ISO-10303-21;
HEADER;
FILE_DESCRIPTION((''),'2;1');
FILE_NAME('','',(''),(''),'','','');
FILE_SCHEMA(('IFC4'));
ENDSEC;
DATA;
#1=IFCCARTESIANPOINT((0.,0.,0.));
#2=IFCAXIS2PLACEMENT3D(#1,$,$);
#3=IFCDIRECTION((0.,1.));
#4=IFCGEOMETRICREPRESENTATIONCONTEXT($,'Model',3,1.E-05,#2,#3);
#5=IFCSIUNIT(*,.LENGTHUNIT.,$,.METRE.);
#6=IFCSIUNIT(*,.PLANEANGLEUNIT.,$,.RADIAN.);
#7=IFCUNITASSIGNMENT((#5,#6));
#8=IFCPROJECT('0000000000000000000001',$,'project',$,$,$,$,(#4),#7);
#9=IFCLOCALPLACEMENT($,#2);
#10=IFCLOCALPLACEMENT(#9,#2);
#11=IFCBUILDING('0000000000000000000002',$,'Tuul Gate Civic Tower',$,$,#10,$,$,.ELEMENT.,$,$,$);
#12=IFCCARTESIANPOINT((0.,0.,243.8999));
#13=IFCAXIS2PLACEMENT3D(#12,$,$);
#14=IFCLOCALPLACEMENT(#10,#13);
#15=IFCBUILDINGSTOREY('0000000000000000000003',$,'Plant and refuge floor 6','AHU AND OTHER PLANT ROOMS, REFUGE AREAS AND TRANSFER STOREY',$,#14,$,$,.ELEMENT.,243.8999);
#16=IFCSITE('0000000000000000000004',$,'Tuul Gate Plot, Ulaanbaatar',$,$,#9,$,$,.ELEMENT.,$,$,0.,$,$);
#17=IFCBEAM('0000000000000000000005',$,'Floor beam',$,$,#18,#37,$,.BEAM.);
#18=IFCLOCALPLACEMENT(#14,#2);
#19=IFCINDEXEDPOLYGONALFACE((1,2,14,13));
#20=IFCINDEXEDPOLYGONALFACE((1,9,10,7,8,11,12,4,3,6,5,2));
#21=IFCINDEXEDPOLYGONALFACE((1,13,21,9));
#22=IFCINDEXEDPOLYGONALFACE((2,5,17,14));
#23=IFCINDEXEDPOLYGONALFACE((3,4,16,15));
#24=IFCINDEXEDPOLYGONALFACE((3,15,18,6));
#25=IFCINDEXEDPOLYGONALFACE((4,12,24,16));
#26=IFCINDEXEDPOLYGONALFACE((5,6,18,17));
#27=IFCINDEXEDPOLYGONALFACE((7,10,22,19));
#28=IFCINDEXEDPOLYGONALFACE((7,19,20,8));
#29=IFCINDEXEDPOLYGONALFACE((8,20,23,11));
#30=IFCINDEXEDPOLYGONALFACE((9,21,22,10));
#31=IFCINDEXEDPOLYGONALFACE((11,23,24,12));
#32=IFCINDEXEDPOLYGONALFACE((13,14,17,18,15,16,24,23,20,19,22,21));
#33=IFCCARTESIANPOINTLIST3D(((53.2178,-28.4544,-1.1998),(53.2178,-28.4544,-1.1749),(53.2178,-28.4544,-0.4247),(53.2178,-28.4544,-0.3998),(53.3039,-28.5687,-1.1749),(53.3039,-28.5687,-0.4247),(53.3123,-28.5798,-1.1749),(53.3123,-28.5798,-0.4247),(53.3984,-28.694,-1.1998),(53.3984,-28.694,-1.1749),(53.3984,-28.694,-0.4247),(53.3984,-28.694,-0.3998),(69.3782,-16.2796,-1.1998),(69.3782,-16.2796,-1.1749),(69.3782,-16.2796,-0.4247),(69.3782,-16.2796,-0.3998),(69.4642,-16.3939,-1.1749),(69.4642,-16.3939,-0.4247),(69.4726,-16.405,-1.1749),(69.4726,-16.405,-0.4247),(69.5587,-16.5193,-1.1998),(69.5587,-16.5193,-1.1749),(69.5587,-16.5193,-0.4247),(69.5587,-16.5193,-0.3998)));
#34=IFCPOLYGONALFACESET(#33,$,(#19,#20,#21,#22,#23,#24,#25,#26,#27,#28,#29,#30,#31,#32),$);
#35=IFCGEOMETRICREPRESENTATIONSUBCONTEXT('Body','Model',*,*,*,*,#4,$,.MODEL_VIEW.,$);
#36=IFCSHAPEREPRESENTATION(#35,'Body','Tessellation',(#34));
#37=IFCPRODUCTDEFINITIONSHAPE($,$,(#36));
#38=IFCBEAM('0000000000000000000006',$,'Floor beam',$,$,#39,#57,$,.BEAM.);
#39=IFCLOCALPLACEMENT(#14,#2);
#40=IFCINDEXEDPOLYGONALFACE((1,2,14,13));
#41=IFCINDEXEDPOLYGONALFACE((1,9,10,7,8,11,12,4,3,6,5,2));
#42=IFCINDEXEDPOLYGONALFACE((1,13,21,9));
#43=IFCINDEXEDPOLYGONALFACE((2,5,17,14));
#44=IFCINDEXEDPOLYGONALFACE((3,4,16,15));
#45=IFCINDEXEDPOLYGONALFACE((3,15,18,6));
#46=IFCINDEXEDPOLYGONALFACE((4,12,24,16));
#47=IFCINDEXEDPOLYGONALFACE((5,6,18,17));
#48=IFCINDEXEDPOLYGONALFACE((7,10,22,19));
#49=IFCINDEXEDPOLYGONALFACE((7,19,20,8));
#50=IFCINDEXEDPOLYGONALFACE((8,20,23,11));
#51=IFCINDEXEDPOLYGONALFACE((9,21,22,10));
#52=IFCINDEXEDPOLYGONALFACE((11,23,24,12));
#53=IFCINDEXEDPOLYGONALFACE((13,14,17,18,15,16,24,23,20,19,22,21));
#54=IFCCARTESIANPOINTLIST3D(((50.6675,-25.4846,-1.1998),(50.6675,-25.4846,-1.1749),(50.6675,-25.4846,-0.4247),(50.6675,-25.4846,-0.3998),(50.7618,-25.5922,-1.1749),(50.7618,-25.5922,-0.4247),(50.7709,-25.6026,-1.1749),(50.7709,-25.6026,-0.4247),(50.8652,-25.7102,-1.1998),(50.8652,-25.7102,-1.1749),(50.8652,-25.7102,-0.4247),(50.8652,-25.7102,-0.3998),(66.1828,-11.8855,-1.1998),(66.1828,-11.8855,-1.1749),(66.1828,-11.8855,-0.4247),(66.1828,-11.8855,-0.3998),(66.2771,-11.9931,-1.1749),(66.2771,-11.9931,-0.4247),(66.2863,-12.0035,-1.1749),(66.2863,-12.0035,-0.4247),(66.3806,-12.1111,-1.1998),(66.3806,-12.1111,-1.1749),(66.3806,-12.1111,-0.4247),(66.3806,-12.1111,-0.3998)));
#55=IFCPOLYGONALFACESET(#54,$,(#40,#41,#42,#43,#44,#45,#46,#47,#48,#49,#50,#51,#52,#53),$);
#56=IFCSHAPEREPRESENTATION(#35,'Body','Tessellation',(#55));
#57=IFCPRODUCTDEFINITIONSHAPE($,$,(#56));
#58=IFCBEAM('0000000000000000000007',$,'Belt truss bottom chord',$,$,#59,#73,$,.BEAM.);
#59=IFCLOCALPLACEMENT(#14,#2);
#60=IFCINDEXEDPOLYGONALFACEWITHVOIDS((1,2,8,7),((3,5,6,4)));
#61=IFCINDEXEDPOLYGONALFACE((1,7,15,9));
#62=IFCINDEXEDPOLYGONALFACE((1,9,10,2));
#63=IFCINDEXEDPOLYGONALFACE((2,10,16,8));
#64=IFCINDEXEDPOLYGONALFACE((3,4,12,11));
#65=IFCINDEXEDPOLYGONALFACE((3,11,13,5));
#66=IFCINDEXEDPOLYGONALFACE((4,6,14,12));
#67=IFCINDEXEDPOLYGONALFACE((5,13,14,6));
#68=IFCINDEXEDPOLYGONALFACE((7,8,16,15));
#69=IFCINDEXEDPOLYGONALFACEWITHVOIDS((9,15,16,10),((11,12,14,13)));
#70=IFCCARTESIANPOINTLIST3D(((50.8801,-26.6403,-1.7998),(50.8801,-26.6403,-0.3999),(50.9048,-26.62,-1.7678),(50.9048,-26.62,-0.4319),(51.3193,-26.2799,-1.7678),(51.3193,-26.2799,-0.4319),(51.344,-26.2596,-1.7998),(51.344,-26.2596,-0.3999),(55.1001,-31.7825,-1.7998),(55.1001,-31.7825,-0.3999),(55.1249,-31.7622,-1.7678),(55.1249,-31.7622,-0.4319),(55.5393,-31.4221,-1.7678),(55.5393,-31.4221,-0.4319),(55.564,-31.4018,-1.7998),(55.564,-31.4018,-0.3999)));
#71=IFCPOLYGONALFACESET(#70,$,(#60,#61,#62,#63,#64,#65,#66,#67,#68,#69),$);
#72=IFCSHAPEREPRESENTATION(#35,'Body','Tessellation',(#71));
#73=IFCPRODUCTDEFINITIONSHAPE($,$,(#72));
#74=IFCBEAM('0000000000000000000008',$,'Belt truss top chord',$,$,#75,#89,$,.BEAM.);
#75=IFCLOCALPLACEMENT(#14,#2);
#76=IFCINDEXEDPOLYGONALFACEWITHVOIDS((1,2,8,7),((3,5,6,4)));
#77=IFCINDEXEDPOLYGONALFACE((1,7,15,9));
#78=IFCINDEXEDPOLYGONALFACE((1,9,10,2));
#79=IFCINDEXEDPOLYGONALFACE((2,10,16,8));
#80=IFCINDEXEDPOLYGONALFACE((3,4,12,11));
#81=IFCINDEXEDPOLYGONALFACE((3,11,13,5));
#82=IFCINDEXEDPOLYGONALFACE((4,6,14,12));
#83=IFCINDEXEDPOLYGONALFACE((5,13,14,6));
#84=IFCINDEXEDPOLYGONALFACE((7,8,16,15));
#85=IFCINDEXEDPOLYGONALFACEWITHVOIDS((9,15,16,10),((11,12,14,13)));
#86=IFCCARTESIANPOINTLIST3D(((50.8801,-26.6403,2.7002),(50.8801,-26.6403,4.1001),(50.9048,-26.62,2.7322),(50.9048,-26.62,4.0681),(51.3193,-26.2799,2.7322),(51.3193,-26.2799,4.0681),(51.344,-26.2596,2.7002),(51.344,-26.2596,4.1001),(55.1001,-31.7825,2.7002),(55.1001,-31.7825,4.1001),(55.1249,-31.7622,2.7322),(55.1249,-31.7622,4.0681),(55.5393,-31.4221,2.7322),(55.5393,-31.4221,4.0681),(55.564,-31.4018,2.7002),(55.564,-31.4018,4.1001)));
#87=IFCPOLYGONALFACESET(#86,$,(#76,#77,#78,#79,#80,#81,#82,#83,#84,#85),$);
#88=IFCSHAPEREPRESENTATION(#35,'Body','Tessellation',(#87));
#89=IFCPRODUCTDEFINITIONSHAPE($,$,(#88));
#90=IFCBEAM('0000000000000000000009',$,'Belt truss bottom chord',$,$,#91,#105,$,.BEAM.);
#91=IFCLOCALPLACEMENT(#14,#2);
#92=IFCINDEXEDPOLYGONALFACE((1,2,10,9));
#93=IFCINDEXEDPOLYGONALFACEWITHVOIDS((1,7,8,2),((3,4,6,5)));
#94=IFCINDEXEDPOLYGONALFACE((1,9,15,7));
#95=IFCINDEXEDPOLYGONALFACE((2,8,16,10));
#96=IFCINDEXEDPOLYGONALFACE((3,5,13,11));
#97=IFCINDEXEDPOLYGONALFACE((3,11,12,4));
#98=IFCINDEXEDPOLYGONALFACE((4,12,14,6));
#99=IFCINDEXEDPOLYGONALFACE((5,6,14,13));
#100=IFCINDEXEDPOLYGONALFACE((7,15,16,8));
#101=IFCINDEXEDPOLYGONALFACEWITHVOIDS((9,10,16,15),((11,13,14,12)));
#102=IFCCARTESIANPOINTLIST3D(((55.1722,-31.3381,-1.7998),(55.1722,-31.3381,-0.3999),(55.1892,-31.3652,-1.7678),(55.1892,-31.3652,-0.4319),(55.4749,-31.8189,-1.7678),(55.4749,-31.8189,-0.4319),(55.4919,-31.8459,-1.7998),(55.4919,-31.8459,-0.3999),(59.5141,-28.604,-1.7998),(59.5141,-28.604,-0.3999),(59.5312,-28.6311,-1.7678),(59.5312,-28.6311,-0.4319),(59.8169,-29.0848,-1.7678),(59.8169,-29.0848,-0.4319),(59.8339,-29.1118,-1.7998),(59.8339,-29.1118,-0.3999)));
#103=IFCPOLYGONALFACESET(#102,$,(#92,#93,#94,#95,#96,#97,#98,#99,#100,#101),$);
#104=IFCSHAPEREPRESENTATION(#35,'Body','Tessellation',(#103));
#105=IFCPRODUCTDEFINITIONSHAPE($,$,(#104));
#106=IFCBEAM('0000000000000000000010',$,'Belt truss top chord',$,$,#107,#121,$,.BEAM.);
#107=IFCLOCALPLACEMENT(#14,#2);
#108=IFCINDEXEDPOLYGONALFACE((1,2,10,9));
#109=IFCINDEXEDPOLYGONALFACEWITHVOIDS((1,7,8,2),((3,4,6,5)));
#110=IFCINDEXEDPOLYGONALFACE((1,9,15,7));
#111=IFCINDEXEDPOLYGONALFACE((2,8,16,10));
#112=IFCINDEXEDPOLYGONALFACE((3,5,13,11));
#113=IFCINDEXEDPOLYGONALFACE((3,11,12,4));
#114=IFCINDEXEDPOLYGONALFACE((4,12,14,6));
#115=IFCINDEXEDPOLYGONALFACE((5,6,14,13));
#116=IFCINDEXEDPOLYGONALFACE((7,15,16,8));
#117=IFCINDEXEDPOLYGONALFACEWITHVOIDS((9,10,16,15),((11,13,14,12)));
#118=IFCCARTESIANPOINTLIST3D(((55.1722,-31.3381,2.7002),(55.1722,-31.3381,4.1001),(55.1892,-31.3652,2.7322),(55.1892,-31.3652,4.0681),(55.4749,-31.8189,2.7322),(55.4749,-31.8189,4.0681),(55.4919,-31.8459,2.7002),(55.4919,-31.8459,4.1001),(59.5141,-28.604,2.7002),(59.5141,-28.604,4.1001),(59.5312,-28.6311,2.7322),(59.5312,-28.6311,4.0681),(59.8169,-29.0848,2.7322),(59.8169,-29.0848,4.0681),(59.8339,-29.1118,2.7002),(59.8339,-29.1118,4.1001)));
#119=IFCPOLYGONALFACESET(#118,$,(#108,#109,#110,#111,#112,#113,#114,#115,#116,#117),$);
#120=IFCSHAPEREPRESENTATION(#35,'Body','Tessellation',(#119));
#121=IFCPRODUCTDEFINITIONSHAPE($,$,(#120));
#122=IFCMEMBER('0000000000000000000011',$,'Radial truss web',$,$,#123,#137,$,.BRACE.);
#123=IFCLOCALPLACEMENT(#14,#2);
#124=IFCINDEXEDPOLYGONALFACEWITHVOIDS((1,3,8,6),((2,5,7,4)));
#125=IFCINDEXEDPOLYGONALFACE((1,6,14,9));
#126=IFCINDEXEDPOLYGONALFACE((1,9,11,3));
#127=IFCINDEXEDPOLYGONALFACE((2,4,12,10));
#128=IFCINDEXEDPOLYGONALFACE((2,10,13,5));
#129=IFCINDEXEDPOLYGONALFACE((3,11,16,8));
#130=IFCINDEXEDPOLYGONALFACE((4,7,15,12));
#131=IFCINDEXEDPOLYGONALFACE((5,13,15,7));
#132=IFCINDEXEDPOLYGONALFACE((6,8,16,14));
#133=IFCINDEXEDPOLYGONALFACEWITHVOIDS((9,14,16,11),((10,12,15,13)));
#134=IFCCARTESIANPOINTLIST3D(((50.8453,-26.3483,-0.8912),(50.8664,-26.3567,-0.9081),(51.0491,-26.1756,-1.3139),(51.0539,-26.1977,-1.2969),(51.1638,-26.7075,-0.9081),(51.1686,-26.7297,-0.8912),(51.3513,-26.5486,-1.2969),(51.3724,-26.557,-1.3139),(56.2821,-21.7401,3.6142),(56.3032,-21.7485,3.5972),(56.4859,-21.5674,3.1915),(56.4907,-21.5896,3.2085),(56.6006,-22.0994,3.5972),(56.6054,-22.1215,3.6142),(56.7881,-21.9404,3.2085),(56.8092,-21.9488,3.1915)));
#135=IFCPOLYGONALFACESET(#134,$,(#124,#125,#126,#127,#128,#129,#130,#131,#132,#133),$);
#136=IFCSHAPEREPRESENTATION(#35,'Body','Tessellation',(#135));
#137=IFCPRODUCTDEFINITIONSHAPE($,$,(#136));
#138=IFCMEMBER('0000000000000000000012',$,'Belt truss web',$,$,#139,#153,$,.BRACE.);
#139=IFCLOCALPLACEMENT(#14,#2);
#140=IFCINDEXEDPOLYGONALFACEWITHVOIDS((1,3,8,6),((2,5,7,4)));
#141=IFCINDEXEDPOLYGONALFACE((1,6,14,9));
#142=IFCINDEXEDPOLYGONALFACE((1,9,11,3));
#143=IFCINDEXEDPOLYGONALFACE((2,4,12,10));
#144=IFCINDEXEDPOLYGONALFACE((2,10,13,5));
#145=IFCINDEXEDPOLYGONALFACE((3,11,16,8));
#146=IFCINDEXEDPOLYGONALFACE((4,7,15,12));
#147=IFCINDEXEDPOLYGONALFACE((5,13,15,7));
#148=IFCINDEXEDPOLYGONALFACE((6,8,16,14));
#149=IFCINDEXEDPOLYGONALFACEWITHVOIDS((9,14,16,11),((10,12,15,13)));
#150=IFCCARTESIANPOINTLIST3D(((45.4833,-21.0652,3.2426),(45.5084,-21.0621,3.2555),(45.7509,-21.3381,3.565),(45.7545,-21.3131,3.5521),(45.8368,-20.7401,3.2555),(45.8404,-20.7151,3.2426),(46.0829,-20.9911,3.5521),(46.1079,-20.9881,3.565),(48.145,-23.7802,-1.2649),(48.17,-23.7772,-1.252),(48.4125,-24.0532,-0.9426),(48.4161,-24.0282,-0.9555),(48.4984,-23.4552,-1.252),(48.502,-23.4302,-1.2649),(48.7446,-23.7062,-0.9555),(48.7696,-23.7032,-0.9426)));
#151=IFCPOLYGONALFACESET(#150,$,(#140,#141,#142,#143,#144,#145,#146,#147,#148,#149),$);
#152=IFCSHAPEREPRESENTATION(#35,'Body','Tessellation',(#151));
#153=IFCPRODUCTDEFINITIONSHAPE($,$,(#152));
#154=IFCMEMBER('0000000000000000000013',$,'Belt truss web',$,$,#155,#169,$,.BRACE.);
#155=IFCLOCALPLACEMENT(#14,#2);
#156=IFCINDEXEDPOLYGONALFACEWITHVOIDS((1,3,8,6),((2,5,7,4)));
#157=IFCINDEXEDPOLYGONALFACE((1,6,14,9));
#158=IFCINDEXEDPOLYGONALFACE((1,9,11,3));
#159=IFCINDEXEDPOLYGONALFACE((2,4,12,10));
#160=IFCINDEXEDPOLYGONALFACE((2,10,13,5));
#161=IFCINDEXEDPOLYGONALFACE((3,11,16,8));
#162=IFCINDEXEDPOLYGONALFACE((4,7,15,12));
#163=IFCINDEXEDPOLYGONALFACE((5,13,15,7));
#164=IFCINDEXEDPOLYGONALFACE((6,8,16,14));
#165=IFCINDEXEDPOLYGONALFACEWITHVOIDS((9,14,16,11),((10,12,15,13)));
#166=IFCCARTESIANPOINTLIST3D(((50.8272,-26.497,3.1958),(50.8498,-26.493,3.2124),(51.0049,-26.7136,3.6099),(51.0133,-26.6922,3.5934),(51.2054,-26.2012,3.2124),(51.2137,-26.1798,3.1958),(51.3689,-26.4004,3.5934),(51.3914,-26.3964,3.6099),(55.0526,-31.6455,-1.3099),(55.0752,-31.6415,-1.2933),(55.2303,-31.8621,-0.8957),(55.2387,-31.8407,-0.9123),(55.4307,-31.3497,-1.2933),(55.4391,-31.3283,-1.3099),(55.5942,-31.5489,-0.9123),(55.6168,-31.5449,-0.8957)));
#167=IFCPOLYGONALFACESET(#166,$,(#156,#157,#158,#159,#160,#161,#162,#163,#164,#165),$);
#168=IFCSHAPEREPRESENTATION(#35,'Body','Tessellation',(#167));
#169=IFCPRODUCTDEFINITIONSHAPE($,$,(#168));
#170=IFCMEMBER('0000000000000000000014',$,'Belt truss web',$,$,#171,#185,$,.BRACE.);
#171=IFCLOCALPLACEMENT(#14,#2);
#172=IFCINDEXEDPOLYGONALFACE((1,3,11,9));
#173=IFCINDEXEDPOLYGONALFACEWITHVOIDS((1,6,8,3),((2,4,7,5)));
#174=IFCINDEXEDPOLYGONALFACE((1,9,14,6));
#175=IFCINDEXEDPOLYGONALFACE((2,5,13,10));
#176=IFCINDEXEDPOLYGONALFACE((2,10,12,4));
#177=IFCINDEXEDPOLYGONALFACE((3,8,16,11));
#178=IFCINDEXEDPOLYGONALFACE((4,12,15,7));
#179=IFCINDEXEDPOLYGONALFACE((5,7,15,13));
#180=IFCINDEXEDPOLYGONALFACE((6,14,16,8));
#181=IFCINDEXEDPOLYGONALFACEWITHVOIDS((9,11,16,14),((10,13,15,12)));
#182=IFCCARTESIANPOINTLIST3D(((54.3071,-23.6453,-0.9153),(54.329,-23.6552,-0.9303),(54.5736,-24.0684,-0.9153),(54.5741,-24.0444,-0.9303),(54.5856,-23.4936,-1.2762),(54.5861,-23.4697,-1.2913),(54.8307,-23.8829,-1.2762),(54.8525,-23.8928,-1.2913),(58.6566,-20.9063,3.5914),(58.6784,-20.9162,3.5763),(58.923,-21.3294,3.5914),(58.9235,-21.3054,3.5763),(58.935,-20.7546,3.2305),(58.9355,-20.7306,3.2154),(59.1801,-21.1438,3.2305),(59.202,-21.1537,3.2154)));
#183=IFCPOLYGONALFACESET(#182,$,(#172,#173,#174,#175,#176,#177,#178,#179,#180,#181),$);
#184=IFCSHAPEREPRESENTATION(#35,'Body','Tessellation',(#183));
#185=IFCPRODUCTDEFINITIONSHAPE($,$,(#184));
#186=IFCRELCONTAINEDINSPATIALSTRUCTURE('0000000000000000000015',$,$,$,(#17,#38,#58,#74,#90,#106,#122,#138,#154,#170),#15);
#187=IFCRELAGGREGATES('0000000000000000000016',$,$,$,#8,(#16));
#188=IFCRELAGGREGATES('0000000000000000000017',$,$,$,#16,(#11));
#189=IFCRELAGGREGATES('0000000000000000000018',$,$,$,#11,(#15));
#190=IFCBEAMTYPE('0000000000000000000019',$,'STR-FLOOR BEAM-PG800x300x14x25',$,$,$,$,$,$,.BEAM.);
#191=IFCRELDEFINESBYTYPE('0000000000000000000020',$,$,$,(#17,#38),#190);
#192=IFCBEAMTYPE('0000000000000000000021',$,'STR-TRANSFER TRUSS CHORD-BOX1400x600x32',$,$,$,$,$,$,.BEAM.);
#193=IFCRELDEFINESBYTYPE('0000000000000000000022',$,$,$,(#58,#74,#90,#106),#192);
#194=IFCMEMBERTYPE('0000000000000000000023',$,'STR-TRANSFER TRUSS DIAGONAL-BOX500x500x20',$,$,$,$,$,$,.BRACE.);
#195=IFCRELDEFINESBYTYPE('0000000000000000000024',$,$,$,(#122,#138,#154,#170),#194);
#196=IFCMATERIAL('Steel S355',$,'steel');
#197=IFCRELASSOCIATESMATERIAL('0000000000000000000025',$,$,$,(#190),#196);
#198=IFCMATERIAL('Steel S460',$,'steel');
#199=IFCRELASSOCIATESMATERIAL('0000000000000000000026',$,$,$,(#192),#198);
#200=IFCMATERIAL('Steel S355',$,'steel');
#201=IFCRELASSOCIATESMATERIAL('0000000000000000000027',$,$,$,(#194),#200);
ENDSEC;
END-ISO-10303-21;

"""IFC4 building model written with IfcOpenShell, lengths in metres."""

from ifc_helpers import new_model, si_unit, direction, frame, origin, origin_2d, place, context, subcontext, project, spatial, hollow_rectangle, i_section, extrude, material, material_profile, profile_set, type_object, element, save


model = new_model("IFC4")

# Units and contexts
model_context = context("Model", 3, precision=1e-05, world=origin(), true_north=direction((0.0, 1.0)))
body_context = subcontext(model_context, "Body", "Model", "MODEL_VIEW")
ifc_project = project(units=[si_unit("LENGTHUNIT", "METRE"), si_unit("PLANEANGLEUNIT", "RADIAN")], contexts=[model_context])

# Site, building, storey
site_placement = place(None, origin())
site = spatial("IfcSite", under=ifc_project, at=site_placement, Name="Tuul Gate Plot, Ulaanbaatar", CompositionType="ELEMENT", RefElevation=0.0)
building_placement = place(site_placement, origin())
building = spatial("IfcBuilding", under=site, at=building_placement, Name="Tuul Gate Civic Tower", CompositionType="ELEMENT")
storey_placement = place(building_placement, frame((0.0, 0.0, 243.8999)))
storey = spatial("IfcBuildingStorey", under=building, at=storey_placement, Name="Plant and refuge floor 6", Description="AHU AND OTHER PLANT ROOMS, REFUGE AREAS AND TRANSFER STOREY", CompositionType="ELEMENT", Elevation=243.8999)

# Beams
ifc_material_1 = material(Name="Steel S355", Category="steel")
ifc_material_profile_1 = material_profile(ifc_material_1, i_section(OverallWidth=0.3, OverallDepth=0.8, WebThickness=0.0139, FlangeThickness=0.0249, at=origin_2d()), Name="PG800x300x14x25")
ifc_profile_set_1 = profile_set([ifc_material_profile_1], Name="Steel S355")
beam_type_1 = type_object("IfcBeamType", Name="STR-FLOOR BEAM-PG800x300x14x25", PredefinedType="BEAM", material=ifc_profile_set_1)
beam_1_placement = place(storey_placement, frame((53.3081, -28.5742, -0.7998), z_axis=(0.798705, 0.601723, 0.0), x_axis=(-0.601723, 0.798705, 0.0)))
element("IfcBeam", 1, at=beam_1_placement, inside=storey, type_object=beam_type_1, Name="Floor beam", PredefinedType="BEAM", context=body_context, shape_type="SweptSolid", body=[
    extrude(i_section(OverallWidth=0.3, OverallDepth=0.8, WebThickness=0.0139, FlangeThickness=0.0249, at=origin_2d()), origin(), (0.0, 0.0, 1.0), 20.2332),
])
beam_2_placement = place(storey_placement, frame((50.7664, -25.5974, -0.7998), z_axis=(0.75202, 0.65914, 0.0), x_axis=(-0.65914, 0.75202, 0.0)))
element("IfcBeam", 2, at=beam_2_placement, inside=storey, type_object=beam_type_1, Name="Floor beam", PredefinedType="BEAM", context=body_context, shape_type="SweptSolid", body=[
    extrude(i_section(OverallWidth=0.3, OverallDepth=0.8, WebThickness=0.0139, FlangeThickness=0.0249, at=origin_2d()), origin(), (0.0, 0.0, 1.0), 20.6316),
])
ifc_material_2 = material(Name="Steel S460", Category="steel")
ifc_material_profile_2 = material_profile(ifc_material_2, hollow_rectangle(XDim=0.6001, YDim=1.3999, WallThickness=0.032, at=origin_2d()), Name="BOX1400x600x32")
ifc_profile_set_2 = profile_set([ifc_material_profile_2], Name="Steel S460")
beam_type_2 = type_object("IfcBeamType", Name="STR-TRANSFER TRUSS CHORD-BOX1400x600x32", PredefinedType="BEAM", material=ifc_profile_set_2)
for number, where, z_axis, x_axis, name in (
    (3, (51.1121, -26.45, -1.0999), (0.63439, -0.773013, 0.0), (0.773013, 0.63439, 0.0), "Belt truss bottom chord"),
    (4, (51.1121, -26.45, 3.4001), (0.63439, -0.773013, 0.0), (0.773013, 0.63439, 0.0), "Belt truss top chord"),
):
    element("IfcBeam", number, at=place(storey_placement, frame(where, z_axis=z_axis, x_axis=x_axis)), inside=storey, type_object=beam_type_2, Name=name, PredefinedType="BEAM", context=body_context, shape_type="SweptSolid", body=[
        extrude(hollow_rectangle(XDim=0.6001, YDim=1.3999, WallThickness=0.032, at=origin_2d()), origin(), (0.0, 0.0, 1.0), 6.6521),
    ])
for number, where, z_axis, x_axis, name in (
    (5, (55.332, -31.592, -1.0999), (0.846211, 0.532849, 0.0), (-0.532849, 0.846211, 0.0), "Belt truss bottom chord"),
    (6, (55.332, -31.592, 3.4001), (0.846211, 0.532849, 0.0), (-0.532849, 0.846211, 0.0), "Belt truss top chord"),
):
    element("IfcBeam", number, at=place(storey_placement, frame(where, z_axis=z_axis, x_axis=x_axis)), inside=storey, type_object=beam_type_2, Name=name, PredefinedType="BEAM", context=body_context, shape_type="SweptSolid", body=[
        extrude(hollow_rectangle(XDim=0.6001, YDim=1.3999, WallThickness=0.032, at=origin_2d()), origin(), (0.0, 0.0, 1.0), 5.1311),
    ])

# Members
ifc_material_3 = material(Name="Steel S355", Category="steel")
ifc_material_profile_3 = material_profile(ifc_material_3, hollow_rectangle(XDim=0.5, YDim=0.5, WallThickness=0.02, at=origin_2d()), Name="BOX500x500x20")
ifc_profile_set_3 = profile_set([ifc_material_profile_3], Name="Steel S355")
member_type_1 = type_object("IfcMemberType", Name="STR-TRANSFER TRUSS DIAGONAL-BOX500x500x20", PredefinedType="BRACE", material=ifc_profile_set_3)
member_1_placement = place(storey_placement, frame((51.1089, -26.4526, -1.1025), z_axis=(0.644808, 0.546534, 0.534343), x_axis=(-0.646581, 0.762845, 0.0)))
element("IfcMember", 7, at=member_1_placement, inside=storey, type_object=member_type_1, Name="Radial truss web", PredefinedType="BRACE", context=body_context, shape_type="SweptSolid", body=[
    extrude(hollow_rectangle(XDim=0.5, YDim=0.5, WallThickness=0.02, at=origin_2d()), origin(), (0.0, 0.0, 1.0), 8.4316),
])
member_2_placement = place(storey_placement, frame((48.4573, -23.7417, -1.1038), z_axis=(-0.451355, 0.460422, 0.764389), x_axis=(-0.714103, -0.700041, 0.0)))
element("IfcMember", 8, at=member_2_placement, inside=storey, type_object=member_type_1, Name="Belt truss web", PredefinedType="BRACE", context=body_context, shape_type="SweptSolid", body=[
    extrude(hollow_rectangle(XDim=0.5, YDim=0.5, WallThickness=0.02, at=origin_2d()), origin(), (0.0, 0.0, 1.0), 5.897),
])
member_3_placement = place(storey_placement, frame((55.3347, -31.5952, -1.1028), z_axis=(-0.525463, 0.640259, 0.560318), x_axis=(-0.773001, -0.634405, 0.0)))
element("IfcMember", 9, at=member_3_placement, inside=storey, type_object=member_type_1, Name="Belt truss web", PredefinedType="BRACE", context=body_context, shape_type="SweptSolid", body=[
    extrude(hollow_rectangle(XDim=0.5, YDim=0.5, WallThickness=0.02, at=origin_2d()), origin(), (0.0, 0.0, 1.0), 8.0413),
])
member_4_placement = place(storey_placement, frame((54.5798, -23.769, -1.1033), z_axis=(0.63626, 0.400685, 0.659261), x_axis=(-0.532886, 0.846187, 0.0)))
element("IfcMember", 10, at=member_4_placement, inside=storey, type_object=member_type_1, Name="Belt truss web", PredefinedType="BRACE", context=body_context, shape_type="SweptSolid", body=[
    extrude(hollow_rectangle(XDim=0.5, YDim=0.5, WallThickness=0.02, at=origin_2d()), origin(), (0.0, 0.0, 1.0), 6.8359),
])

save(model, "model.ifc")
